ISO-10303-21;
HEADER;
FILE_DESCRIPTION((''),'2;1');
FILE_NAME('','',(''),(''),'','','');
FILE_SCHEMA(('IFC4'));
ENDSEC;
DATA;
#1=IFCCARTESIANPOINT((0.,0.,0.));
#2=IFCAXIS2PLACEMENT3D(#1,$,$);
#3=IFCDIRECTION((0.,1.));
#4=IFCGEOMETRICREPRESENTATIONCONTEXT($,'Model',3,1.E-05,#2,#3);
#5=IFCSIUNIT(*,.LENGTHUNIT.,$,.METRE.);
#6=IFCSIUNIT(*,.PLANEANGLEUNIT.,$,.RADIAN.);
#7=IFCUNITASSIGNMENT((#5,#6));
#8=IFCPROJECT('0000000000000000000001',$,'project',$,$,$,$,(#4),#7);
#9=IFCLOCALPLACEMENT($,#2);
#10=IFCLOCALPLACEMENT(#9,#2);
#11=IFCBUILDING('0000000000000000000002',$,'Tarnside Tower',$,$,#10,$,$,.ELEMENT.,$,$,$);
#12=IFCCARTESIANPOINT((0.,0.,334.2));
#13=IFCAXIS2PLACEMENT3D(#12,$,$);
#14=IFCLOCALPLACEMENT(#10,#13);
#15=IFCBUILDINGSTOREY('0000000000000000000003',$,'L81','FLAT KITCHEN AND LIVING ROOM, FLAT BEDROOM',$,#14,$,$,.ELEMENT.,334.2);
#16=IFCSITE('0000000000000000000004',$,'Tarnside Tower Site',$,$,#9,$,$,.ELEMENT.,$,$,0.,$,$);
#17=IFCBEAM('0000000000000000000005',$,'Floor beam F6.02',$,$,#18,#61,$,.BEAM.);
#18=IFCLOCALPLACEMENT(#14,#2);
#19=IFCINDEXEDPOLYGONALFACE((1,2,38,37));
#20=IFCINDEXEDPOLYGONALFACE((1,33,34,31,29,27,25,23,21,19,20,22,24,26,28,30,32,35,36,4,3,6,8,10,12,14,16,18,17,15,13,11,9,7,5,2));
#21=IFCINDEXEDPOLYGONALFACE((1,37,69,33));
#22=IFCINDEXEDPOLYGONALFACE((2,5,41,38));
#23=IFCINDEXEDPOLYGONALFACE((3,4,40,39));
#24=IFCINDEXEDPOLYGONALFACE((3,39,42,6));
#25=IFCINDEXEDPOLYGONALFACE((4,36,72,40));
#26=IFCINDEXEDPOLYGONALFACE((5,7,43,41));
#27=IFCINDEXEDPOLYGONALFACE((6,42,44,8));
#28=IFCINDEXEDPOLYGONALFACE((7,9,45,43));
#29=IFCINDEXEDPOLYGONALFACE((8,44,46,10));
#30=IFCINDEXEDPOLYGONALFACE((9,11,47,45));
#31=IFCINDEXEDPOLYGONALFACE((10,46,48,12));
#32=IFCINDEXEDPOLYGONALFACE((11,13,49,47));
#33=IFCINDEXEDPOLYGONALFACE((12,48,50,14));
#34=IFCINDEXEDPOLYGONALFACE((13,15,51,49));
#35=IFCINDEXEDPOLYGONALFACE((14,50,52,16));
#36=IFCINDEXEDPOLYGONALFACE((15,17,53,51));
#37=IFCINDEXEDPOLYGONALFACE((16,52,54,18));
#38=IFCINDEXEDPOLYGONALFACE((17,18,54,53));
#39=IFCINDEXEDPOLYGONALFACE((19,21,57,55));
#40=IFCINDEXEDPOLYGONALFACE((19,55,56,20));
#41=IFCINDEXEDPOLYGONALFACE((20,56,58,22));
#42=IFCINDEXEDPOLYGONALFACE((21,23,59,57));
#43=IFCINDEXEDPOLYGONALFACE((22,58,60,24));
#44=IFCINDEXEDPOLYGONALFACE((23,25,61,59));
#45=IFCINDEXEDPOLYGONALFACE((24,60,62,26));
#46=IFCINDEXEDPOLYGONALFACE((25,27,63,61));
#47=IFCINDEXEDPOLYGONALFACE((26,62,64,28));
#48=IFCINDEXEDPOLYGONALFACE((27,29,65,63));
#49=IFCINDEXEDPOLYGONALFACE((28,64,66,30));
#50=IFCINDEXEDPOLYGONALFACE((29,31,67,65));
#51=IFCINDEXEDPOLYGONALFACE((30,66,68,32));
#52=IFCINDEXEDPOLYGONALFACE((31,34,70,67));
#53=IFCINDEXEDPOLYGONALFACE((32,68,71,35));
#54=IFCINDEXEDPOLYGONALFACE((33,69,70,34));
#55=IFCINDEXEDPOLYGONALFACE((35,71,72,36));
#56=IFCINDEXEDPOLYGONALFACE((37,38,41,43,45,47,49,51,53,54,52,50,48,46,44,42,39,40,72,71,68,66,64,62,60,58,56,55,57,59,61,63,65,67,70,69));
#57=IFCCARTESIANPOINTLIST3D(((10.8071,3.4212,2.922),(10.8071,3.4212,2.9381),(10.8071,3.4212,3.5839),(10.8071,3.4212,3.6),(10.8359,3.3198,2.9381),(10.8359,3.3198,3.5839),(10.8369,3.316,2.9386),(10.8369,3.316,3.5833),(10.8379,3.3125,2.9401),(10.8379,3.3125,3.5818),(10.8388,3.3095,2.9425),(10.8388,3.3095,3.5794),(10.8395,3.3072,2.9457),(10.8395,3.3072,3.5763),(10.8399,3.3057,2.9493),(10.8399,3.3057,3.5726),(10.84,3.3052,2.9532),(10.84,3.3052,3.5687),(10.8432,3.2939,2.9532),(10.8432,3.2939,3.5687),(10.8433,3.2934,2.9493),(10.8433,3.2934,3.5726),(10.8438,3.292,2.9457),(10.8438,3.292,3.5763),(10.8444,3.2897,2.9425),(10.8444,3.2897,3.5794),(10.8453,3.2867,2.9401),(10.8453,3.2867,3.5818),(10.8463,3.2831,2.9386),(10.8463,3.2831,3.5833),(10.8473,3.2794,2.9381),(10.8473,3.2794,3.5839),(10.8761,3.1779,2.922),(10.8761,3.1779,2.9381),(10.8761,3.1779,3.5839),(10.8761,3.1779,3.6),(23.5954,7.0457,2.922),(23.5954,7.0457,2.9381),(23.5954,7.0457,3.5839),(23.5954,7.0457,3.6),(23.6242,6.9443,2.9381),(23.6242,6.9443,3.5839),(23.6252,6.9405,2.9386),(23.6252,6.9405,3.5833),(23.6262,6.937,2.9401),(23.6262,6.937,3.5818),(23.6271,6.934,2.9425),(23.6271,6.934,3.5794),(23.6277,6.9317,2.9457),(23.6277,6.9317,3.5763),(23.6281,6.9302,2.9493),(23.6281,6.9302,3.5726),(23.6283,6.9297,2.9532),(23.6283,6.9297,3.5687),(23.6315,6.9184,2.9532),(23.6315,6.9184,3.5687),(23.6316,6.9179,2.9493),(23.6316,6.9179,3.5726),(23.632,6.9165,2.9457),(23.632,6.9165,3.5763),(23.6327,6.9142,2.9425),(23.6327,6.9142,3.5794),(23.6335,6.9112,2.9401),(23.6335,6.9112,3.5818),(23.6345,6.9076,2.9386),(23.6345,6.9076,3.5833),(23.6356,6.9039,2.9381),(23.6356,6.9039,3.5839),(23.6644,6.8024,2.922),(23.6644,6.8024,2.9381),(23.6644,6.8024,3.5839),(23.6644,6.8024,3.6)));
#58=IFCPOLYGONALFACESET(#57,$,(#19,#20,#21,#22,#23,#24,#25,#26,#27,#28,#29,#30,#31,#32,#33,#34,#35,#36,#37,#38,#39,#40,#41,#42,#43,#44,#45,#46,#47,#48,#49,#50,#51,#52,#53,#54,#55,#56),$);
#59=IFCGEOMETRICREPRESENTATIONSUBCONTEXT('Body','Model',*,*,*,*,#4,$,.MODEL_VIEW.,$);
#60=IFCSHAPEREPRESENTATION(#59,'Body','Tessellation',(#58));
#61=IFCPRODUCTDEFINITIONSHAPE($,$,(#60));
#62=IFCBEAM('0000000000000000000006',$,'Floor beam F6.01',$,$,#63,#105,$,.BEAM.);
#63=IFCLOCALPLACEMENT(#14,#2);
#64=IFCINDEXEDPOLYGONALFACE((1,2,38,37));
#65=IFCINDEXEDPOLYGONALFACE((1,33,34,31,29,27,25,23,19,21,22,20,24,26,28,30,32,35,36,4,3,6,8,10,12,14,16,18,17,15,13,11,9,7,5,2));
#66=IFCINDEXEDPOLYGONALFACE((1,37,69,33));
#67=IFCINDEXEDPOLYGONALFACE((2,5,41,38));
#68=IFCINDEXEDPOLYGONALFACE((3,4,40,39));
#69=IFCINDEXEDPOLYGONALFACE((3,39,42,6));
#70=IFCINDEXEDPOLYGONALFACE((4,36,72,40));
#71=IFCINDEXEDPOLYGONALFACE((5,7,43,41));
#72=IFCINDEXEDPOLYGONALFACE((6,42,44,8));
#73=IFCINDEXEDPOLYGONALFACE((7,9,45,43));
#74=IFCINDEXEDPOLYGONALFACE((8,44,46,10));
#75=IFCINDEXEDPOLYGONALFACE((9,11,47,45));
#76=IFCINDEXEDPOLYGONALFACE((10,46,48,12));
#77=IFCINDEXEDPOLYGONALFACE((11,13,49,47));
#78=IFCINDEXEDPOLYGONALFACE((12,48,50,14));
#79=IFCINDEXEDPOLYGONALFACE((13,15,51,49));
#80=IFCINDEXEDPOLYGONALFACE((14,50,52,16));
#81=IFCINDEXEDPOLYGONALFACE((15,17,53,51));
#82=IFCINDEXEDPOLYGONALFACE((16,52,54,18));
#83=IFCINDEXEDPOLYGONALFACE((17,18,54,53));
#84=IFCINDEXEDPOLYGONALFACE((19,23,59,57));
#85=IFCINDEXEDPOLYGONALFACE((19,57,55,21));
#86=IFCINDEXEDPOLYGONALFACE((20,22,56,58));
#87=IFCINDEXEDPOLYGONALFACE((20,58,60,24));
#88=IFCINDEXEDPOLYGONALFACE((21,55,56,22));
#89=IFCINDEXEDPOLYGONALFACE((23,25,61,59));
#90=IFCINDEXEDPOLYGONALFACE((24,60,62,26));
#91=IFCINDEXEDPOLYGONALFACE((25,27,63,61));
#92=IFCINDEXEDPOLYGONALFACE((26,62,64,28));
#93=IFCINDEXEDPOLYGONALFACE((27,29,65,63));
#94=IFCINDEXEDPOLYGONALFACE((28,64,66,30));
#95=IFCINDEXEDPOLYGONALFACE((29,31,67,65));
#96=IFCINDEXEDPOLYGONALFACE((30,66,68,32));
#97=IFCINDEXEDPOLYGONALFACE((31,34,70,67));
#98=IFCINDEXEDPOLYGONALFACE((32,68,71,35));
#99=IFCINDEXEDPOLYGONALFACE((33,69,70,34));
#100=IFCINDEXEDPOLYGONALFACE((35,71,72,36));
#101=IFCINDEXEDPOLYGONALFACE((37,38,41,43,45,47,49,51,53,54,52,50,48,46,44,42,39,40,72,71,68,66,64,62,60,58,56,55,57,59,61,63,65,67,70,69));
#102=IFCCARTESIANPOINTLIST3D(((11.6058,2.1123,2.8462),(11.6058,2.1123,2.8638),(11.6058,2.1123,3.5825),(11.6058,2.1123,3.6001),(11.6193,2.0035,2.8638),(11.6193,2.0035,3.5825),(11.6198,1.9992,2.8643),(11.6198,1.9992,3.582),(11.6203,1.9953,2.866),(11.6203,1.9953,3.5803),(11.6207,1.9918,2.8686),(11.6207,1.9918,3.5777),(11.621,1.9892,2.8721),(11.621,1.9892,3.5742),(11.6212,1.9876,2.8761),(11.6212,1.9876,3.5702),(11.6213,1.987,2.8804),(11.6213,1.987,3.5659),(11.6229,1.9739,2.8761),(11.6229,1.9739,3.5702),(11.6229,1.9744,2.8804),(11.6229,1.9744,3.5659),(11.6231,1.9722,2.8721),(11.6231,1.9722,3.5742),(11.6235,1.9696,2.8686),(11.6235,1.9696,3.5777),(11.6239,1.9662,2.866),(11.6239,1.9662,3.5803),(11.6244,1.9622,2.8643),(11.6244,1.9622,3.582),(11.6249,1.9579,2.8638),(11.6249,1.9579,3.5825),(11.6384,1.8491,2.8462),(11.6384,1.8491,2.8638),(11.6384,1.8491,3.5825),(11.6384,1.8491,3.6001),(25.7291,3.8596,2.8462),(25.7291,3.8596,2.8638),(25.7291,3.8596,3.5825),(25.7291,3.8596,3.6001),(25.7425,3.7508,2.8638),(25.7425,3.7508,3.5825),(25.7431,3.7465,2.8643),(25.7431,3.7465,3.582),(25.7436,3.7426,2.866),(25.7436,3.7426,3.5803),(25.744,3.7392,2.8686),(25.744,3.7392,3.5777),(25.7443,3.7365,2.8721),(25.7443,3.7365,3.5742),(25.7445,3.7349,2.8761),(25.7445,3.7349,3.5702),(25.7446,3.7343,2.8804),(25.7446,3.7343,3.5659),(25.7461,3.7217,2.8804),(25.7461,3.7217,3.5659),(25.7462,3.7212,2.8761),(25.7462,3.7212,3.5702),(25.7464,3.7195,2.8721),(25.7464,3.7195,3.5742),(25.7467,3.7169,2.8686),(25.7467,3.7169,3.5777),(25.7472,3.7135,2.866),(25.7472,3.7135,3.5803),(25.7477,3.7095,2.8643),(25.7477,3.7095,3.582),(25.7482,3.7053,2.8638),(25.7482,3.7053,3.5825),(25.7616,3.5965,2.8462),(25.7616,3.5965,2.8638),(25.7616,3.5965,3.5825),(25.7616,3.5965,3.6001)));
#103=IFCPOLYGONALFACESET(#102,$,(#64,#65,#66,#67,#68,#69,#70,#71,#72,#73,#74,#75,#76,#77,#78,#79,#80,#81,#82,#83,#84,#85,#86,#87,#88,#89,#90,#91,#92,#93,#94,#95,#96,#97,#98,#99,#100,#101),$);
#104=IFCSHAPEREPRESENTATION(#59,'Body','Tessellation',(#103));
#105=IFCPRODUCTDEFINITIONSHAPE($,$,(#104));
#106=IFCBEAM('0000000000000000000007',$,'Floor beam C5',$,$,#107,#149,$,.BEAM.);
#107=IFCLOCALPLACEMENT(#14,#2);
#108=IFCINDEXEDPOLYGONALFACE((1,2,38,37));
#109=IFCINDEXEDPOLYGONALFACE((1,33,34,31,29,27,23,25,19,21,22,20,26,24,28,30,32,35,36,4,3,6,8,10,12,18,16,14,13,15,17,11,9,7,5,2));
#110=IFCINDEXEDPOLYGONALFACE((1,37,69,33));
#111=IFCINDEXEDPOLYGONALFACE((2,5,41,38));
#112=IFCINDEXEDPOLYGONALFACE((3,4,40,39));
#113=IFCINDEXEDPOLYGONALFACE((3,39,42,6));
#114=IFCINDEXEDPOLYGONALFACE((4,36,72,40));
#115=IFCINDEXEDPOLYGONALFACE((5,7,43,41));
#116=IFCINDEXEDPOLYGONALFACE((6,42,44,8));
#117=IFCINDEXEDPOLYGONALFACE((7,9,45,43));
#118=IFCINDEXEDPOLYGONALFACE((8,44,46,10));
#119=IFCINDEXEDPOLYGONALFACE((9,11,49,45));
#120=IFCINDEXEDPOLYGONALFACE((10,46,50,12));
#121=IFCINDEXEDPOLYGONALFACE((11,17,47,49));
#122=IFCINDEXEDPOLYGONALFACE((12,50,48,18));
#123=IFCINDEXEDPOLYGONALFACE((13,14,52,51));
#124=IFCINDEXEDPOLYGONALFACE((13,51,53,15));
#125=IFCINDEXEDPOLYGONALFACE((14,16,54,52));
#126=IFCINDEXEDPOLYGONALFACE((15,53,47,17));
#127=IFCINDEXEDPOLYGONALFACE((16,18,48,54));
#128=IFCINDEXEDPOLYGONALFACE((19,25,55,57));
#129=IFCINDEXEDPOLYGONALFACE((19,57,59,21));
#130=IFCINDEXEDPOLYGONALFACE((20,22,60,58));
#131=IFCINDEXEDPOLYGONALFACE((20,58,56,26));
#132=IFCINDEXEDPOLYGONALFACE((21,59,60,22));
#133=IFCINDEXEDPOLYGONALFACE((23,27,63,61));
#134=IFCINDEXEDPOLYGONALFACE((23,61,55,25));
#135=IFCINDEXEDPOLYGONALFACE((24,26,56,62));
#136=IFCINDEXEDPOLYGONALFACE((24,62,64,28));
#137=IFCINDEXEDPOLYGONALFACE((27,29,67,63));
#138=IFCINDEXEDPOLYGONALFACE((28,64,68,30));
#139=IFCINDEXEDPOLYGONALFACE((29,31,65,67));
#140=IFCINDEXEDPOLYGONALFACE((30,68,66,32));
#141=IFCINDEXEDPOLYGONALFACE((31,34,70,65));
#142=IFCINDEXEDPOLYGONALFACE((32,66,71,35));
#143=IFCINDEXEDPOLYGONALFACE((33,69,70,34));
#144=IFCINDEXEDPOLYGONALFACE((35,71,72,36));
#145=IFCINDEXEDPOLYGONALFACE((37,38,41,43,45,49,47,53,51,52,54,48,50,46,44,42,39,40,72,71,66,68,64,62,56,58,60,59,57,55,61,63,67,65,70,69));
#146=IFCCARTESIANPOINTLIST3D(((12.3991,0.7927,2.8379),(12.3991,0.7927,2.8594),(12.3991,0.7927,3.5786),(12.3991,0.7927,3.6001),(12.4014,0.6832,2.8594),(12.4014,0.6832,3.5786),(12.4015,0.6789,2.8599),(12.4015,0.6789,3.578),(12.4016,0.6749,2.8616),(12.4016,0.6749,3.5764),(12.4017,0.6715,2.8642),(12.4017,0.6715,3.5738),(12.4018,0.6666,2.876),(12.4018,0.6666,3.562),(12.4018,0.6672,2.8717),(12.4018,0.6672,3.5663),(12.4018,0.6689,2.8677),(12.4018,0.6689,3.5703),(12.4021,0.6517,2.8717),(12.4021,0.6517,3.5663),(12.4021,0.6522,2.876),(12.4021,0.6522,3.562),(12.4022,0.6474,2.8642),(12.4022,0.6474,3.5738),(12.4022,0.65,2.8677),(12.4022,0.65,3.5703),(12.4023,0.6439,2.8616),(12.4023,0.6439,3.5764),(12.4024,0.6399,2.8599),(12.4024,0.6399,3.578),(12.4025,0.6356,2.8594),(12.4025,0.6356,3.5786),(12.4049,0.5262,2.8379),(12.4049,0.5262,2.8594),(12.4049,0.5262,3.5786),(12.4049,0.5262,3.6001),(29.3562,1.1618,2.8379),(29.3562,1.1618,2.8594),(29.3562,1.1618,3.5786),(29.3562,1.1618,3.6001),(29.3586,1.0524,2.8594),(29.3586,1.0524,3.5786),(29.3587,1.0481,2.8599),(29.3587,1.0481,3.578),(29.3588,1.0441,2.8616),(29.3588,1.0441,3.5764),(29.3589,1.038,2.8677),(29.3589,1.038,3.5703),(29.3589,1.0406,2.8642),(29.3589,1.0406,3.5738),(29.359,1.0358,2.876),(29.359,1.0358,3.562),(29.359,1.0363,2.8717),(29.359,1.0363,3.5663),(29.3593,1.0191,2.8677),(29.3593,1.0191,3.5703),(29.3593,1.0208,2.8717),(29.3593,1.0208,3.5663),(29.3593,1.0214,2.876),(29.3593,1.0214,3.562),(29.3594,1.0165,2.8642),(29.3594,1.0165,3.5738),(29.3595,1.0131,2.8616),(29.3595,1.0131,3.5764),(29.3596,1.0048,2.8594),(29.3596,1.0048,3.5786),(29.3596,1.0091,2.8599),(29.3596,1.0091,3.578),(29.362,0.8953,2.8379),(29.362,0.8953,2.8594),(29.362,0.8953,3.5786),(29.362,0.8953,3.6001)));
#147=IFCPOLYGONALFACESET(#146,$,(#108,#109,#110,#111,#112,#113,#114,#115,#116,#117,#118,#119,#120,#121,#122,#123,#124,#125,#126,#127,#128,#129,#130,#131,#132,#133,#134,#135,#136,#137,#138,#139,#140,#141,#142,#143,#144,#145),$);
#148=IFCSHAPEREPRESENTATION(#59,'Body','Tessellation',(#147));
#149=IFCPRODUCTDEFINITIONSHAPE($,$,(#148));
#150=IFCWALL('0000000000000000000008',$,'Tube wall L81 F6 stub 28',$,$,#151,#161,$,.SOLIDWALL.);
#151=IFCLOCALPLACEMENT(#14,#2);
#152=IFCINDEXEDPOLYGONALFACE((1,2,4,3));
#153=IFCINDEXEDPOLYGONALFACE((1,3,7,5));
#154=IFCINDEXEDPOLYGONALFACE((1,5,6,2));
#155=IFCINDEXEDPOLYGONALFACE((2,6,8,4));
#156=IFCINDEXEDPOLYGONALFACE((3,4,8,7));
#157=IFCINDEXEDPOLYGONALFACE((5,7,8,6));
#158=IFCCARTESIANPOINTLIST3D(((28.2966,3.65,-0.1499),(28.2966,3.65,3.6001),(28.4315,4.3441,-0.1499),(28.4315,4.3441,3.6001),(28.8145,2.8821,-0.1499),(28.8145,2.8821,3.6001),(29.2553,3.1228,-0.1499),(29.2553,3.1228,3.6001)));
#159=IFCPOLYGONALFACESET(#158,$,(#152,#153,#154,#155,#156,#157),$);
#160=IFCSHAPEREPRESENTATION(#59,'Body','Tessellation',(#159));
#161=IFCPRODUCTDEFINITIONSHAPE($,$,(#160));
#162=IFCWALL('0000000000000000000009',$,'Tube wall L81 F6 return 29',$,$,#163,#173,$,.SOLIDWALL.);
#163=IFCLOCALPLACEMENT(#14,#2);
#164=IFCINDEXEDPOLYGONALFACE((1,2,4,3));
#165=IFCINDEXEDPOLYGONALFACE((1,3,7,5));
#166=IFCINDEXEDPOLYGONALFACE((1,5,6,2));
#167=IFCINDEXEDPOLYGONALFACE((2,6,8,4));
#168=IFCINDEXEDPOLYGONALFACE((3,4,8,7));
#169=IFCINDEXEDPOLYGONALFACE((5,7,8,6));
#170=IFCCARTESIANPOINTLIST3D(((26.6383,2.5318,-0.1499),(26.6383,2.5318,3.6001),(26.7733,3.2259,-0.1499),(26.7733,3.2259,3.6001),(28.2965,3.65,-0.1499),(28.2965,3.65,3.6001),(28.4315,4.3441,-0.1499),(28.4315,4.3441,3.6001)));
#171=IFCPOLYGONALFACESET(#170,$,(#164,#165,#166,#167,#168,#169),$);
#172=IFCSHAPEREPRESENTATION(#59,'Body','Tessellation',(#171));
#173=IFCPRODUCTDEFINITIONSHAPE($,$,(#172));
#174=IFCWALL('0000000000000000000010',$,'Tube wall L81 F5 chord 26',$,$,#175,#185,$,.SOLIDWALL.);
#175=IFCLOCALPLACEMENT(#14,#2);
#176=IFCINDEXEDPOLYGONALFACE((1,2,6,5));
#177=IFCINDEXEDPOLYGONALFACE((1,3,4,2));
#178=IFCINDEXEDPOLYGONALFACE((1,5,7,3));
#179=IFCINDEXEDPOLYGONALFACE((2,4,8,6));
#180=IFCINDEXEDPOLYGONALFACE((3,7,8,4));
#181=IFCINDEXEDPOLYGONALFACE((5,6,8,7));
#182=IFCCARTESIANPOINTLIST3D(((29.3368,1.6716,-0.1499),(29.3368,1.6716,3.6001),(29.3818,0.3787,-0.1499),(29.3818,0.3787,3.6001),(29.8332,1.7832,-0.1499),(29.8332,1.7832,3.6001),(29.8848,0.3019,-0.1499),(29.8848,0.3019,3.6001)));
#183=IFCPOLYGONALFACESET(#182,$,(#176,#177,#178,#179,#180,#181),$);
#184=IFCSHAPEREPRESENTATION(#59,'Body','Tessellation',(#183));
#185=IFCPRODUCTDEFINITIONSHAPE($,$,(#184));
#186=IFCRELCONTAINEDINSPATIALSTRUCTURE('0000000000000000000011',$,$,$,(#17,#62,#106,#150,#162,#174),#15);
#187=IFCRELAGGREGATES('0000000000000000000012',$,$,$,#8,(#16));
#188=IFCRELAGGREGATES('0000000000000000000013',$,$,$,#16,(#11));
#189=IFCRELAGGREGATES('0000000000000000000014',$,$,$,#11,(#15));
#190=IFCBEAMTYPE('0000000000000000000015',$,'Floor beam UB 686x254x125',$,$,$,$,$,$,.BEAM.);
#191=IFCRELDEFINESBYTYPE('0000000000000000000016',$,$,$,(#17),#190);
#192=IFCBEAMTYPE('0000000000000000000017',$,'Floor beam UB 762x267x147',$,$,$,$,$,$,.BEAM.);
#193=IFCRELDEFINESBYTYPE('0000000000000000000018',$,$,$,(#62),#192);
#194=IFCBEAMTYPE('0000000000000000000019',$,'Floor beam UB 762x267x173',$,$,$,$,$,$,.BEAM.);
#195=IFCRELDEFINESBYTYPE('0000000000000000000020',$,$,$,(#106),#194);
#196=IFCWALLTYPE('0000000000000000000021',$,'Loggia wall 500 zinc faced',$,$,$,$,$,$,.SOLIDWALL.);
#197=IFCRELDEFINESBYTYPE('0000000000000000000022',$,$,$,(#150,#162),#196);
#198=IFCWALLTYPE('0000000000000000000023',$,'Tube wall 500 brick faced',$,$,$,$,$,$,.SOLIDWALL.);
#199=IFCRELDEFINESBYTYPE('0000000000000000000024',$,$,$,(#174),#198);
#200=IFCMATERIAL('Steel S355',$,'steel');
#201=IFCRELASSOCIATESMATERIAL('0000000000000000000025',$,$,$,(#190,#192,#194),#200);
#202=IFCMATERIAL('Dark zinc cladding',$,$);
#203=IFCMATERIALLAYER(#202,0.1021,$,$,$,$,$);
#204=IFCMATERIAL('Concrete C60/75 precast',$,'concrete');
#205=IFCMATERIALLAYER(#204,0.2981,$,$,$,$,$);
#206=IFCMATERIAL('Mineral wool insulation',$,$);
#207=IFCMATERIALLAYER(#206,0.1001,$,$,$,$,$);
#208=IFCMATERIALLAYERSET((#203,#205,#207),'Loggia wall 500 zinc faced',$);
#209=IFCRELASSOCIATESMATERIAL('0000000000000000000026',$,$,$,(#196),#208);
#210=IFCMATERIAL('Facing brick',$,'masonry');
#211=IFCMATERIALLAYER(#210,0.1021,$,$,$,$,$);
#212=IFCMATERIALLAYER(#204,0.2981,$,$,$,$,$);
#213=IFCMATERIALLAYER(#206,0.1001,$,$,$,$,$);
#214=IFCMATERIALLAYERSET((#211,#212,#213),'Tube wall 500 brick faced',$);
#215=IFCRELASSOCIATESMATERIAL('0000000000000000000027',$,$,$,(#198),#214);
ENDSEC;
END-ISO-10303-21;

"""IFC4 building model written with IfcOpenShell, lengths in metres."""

from ifc_helpers import new_model, si_unit, direction, frame, origin, origin_2d, place, context, subcontext, project, spatial, polyline, i_section, outline, extrude, material, layer, layer_set, material_profile, profile_set, type_object, element, save


model = new_model("IFC4")

# Units and contexts
model_context = context("Model", 3, precision=1e-05, world=origin(), true_north=direction((0.0, 1.0)))
body_context = subcontext(model_context, "Body", "Model", "MODEL_VIEW")
ifc_project = project(units=[si_unit("LENGTHUNIT", "METRE"), si_unit("PLANEANGLEUNIT", "RADIAN")], contexts=[model_context])

# Site, building, storey
site_placement = place(None, origin())
site = spatial("IfcSite", under=ifc_project, at=site_placement, Name="Tarnside Tower Site", CompositionType="ELEMENT", RefElevation=0.0)
building_placement = place(site_placement, origin())
building = spatial("IfcBuilding", under=site, at=building_placement, Name="Tarnside Tower", CompositionType="ELEMENT")
storey_placement = place(building_placement, frame((0.0, 0.0, 334.2)))
storey = spatial("IfcBuildingStorey", under=building, at=storey_placement, Name="L81", Description="FLAT KITCHEN AND LIVING ROOM, FLAT BEDROOM", CompositionType="ELEMENT", Elevation=334.2)

# Beams
ifc_material_1 = material(Name="Steel S355", Category="steel")
ifc_material_profile_1 = material_profile(ifc_material_1, i_section(OverallWidth=0.2529, OverallDepth=0.678, WebThickness=0.0117, FlangeThickness=0.0161, FilletRadius=0.0151, at=origin_2d()), Name="UB 686x254x125")
ifc_profile_set_1 = profile_set([ifc_material_profile_1], Name="Steel S355")
beam_type_1 = type_object("IfcBeamType", Name="Floor beam UB 686x254x125", PredefinedType="BEAM", material=ifc_profile_set_1)
beam_1_placement = place(storey_placement, frame((23.6299, 6.9241, 3.261), z_axis=(-0.962104, -0.272683, 0.0), x_axis=(0.272683, -0.962104, 0.0)))
element("IfcBeam", 1, at=beam_1_placement, inside=storey, type_object=beam_type_1, Name="Floor beam F6.02", PredefinedType="BEAM", context=body_context, shape_type="SweptSolid", body=[
    extrude(i_section(OverallWidth=0.2529, OverallDepth=0.678, WebThickness=0.0117, FlangeThickness=0.0161, FilletRadius=0.0151, at=origin_2d()), origin(), (0.0, 0.0, 1.0), 13.292),
])
ifc_material_profile_2 = material_profile(ifc_material_1, i_section(OverallWidth=0.2651, OverallDepth=0.7539, WebThickness=0.0127, FlangeThickness=0.0176, FilletRadius=0.0166, at=origin_2d()), Name="UB 762x267x147")
ifc_profile_set_2 = profile_set([ifc_material_profile_2], Name="Steel S355")
beam_type_2 = type_object("IfcBeamType", Name="Floor beam UB 762x267x147", PredefinedType="BEAM", material=ifc_profile_set_2)
beam_2_placement = place(storey_placement, frame((25.7454, 3.728, 3.2231), z_axis=(-0.992434, -0.122783, 0.0), x_axis=(0.122783, -0.992434, 0.0)))
element("IfcBeam", 2, at=beam_2_placement, inside=storey, type_object=beam_type_2, Name="Floor beam F6.01", PredefinedType="BEAM", context=body_context, shape_type="SweptSolid", body=[
    extrude(i_section(OverallWidth=0.2651, OverallDepth=0.7539, WebThickness=0.0127, FlangeThickness=0.0176, FilletRadius=0.0166, at=origin_2d()), origin(), (0.0, 0.0, 1.0), 14.231),
])
ifc_material_profile_3 = material_profile(ifc_material_1, i_section(OverallWidth=0.2666, OverallDepth=0.7622, WebThickness=0.0144, FlangeThickness=0.0215, FilletRadius=0.0166, at=origin_2d()), Name="UB 762x267x173")
ifc_profile_set_3 = profile_set([ifc_material_profile_3], Name="Steel S355")
beam_type_3 = type_object("IfcBeamType", Name="Floor beam UB 762x267x173", PredefinedType="BEAM", material=ifc_profile_set_3)
beam_3_placement = place(storey_placement, frame((29.3591, 1.0286, 3.219), z_axis=(-0.999763, -0.021764, 0.0), x_axis=(0.021764, -0.999763, 0.0)))
element("IfcBeam", 3, at=beam_3_placement, inside=storey, type_object=beam_type_3, Name="Floor beam C5", PredefinedType="BEAM", context=body_context, shape_type="SweptSolid", body=[
    extrude(i_section(OverallWidth=0.2666, OverallDepth=0.7622, WebThickness=0.0144, FlangeThickness=0.0215, FilletRadius=0.0166, at=origin_2d()), origin(), (0.0, 0.0, 1.0), 16.9612),
])

# Walls
ifc_material_2 = material(Name="Dark zinc cladding")
ifc_layer_1 = layer(ifc_material_2, 0.1021)
ifc_material_3 = material(Name="Concrete C60/75 precast", Category="concrete")
ifc_layer_2 = layer(ifc_material_3, 0.2981)
ifc_material_4 = material(Name="Mineral wool insulation")
ifc_layer_3 = layer(ifc_material_4, 0.1001)
ifc_layer_set_1 = layer_set([ifc_layer_1, ifc_layer_2, ifc_layer_3], Name="Loggia wall 500 zinc faced")
wall_type_1 = type_object("IfcWallType", Name="Loggia wall 500 zinc faced", PredefinedType="SOLIDWALL", material=ifc_layer_set_1)
wall_1_placement = place(storey_placement, frame((29.0349, 3.0024, -0.1499), z_axis=(0.0, 0.0, 1.0), x_axis=(-0.5592, 0.829033, 0.0)))
element("IfcWall", 4, at=wall_1_placement, inside=storey, type_object=wall_type_1, Name="Tube wall L81 F6 stub 28", PredefinedType="SOLIDWALL", context=body_context, shape_type="SweptSolid", body=[
    extrude(outline(polyline([(-0.0234, -0.25), (1.4497, -0.25), (0.9497, 0.25), (0.0234, 0.25), (-0.0234, -0.25)])), origin(), (0.0, 0.0, 1.0), 3.75),
])
wall_2_placement = place(storey_placement, frame((28.364, 3.9971, -0.1499), z_axis=(0.0, 0.0, 1.0), x_axis=(-0.829109, -0.559087, 0.0)))
element("IfcWall", 5, at=wall_2_placement, inside=storey, type_object=wall_type_1, Name="Tube wall L81 F6 return 29", PredefinedType="SOLIDWALL", context=body_context, shape_type="SweptSolid", body=[
    extrude(outline(polyline([(-0.25, -0.25), (1.75, -0.25), (2.25, 0.25), (0.25, 0.25), (-0.25, -0.25)])), origin(), (0.0, 0.0, 1.0), 3.75),
])

# Wall
ifc_material_5 = material(Name="Facing brick", Category="masonry")
ifc_layer_4 = layer(ifc_material_5, 0.1021)
ifc_layer_5 = layer(ifc_material_3, 0.2981)
ifc_layer_6 = layer(ifc_material_4, 0.1001)
ifc_layer_set_2 = layer_set([ifc_layer_4, ifc_layer_5, ifc_layer_6], Name="Tube wall 500 brick faced")
wall_type_2 = type_object("IfcWallType", Name="Tube wall 500 brick faced", PredefinedType="SOLIDWALL", material=ifc_layer_set_2)
wall_3_placement = place(storey_placement, frame((29.6333, 0.3403, -0.1499), z_axis=(0.0, 0.0, 1.0), x_axis=(-0.034826, 0.999393, 0.0)))
element("IfcWall", 6, at=wall_3_placement, inside=storey, type_object=wall_type_2, Name="Tube wall L81 F5 chord 26", PredefinedType="SOLIDWALL", context=body_context, shape_type="SweptSolid", body=[
    extrude(outline(polyline([(-0.0471, -0.25), (1.4351, -0.25), (1.3408, 0.25), (0.0471, 0.25), (-0.0471, -0.25)])), origin(), (0.0, 0.0, 1.0), 3.75),
])

save(model, "model.ifc")
